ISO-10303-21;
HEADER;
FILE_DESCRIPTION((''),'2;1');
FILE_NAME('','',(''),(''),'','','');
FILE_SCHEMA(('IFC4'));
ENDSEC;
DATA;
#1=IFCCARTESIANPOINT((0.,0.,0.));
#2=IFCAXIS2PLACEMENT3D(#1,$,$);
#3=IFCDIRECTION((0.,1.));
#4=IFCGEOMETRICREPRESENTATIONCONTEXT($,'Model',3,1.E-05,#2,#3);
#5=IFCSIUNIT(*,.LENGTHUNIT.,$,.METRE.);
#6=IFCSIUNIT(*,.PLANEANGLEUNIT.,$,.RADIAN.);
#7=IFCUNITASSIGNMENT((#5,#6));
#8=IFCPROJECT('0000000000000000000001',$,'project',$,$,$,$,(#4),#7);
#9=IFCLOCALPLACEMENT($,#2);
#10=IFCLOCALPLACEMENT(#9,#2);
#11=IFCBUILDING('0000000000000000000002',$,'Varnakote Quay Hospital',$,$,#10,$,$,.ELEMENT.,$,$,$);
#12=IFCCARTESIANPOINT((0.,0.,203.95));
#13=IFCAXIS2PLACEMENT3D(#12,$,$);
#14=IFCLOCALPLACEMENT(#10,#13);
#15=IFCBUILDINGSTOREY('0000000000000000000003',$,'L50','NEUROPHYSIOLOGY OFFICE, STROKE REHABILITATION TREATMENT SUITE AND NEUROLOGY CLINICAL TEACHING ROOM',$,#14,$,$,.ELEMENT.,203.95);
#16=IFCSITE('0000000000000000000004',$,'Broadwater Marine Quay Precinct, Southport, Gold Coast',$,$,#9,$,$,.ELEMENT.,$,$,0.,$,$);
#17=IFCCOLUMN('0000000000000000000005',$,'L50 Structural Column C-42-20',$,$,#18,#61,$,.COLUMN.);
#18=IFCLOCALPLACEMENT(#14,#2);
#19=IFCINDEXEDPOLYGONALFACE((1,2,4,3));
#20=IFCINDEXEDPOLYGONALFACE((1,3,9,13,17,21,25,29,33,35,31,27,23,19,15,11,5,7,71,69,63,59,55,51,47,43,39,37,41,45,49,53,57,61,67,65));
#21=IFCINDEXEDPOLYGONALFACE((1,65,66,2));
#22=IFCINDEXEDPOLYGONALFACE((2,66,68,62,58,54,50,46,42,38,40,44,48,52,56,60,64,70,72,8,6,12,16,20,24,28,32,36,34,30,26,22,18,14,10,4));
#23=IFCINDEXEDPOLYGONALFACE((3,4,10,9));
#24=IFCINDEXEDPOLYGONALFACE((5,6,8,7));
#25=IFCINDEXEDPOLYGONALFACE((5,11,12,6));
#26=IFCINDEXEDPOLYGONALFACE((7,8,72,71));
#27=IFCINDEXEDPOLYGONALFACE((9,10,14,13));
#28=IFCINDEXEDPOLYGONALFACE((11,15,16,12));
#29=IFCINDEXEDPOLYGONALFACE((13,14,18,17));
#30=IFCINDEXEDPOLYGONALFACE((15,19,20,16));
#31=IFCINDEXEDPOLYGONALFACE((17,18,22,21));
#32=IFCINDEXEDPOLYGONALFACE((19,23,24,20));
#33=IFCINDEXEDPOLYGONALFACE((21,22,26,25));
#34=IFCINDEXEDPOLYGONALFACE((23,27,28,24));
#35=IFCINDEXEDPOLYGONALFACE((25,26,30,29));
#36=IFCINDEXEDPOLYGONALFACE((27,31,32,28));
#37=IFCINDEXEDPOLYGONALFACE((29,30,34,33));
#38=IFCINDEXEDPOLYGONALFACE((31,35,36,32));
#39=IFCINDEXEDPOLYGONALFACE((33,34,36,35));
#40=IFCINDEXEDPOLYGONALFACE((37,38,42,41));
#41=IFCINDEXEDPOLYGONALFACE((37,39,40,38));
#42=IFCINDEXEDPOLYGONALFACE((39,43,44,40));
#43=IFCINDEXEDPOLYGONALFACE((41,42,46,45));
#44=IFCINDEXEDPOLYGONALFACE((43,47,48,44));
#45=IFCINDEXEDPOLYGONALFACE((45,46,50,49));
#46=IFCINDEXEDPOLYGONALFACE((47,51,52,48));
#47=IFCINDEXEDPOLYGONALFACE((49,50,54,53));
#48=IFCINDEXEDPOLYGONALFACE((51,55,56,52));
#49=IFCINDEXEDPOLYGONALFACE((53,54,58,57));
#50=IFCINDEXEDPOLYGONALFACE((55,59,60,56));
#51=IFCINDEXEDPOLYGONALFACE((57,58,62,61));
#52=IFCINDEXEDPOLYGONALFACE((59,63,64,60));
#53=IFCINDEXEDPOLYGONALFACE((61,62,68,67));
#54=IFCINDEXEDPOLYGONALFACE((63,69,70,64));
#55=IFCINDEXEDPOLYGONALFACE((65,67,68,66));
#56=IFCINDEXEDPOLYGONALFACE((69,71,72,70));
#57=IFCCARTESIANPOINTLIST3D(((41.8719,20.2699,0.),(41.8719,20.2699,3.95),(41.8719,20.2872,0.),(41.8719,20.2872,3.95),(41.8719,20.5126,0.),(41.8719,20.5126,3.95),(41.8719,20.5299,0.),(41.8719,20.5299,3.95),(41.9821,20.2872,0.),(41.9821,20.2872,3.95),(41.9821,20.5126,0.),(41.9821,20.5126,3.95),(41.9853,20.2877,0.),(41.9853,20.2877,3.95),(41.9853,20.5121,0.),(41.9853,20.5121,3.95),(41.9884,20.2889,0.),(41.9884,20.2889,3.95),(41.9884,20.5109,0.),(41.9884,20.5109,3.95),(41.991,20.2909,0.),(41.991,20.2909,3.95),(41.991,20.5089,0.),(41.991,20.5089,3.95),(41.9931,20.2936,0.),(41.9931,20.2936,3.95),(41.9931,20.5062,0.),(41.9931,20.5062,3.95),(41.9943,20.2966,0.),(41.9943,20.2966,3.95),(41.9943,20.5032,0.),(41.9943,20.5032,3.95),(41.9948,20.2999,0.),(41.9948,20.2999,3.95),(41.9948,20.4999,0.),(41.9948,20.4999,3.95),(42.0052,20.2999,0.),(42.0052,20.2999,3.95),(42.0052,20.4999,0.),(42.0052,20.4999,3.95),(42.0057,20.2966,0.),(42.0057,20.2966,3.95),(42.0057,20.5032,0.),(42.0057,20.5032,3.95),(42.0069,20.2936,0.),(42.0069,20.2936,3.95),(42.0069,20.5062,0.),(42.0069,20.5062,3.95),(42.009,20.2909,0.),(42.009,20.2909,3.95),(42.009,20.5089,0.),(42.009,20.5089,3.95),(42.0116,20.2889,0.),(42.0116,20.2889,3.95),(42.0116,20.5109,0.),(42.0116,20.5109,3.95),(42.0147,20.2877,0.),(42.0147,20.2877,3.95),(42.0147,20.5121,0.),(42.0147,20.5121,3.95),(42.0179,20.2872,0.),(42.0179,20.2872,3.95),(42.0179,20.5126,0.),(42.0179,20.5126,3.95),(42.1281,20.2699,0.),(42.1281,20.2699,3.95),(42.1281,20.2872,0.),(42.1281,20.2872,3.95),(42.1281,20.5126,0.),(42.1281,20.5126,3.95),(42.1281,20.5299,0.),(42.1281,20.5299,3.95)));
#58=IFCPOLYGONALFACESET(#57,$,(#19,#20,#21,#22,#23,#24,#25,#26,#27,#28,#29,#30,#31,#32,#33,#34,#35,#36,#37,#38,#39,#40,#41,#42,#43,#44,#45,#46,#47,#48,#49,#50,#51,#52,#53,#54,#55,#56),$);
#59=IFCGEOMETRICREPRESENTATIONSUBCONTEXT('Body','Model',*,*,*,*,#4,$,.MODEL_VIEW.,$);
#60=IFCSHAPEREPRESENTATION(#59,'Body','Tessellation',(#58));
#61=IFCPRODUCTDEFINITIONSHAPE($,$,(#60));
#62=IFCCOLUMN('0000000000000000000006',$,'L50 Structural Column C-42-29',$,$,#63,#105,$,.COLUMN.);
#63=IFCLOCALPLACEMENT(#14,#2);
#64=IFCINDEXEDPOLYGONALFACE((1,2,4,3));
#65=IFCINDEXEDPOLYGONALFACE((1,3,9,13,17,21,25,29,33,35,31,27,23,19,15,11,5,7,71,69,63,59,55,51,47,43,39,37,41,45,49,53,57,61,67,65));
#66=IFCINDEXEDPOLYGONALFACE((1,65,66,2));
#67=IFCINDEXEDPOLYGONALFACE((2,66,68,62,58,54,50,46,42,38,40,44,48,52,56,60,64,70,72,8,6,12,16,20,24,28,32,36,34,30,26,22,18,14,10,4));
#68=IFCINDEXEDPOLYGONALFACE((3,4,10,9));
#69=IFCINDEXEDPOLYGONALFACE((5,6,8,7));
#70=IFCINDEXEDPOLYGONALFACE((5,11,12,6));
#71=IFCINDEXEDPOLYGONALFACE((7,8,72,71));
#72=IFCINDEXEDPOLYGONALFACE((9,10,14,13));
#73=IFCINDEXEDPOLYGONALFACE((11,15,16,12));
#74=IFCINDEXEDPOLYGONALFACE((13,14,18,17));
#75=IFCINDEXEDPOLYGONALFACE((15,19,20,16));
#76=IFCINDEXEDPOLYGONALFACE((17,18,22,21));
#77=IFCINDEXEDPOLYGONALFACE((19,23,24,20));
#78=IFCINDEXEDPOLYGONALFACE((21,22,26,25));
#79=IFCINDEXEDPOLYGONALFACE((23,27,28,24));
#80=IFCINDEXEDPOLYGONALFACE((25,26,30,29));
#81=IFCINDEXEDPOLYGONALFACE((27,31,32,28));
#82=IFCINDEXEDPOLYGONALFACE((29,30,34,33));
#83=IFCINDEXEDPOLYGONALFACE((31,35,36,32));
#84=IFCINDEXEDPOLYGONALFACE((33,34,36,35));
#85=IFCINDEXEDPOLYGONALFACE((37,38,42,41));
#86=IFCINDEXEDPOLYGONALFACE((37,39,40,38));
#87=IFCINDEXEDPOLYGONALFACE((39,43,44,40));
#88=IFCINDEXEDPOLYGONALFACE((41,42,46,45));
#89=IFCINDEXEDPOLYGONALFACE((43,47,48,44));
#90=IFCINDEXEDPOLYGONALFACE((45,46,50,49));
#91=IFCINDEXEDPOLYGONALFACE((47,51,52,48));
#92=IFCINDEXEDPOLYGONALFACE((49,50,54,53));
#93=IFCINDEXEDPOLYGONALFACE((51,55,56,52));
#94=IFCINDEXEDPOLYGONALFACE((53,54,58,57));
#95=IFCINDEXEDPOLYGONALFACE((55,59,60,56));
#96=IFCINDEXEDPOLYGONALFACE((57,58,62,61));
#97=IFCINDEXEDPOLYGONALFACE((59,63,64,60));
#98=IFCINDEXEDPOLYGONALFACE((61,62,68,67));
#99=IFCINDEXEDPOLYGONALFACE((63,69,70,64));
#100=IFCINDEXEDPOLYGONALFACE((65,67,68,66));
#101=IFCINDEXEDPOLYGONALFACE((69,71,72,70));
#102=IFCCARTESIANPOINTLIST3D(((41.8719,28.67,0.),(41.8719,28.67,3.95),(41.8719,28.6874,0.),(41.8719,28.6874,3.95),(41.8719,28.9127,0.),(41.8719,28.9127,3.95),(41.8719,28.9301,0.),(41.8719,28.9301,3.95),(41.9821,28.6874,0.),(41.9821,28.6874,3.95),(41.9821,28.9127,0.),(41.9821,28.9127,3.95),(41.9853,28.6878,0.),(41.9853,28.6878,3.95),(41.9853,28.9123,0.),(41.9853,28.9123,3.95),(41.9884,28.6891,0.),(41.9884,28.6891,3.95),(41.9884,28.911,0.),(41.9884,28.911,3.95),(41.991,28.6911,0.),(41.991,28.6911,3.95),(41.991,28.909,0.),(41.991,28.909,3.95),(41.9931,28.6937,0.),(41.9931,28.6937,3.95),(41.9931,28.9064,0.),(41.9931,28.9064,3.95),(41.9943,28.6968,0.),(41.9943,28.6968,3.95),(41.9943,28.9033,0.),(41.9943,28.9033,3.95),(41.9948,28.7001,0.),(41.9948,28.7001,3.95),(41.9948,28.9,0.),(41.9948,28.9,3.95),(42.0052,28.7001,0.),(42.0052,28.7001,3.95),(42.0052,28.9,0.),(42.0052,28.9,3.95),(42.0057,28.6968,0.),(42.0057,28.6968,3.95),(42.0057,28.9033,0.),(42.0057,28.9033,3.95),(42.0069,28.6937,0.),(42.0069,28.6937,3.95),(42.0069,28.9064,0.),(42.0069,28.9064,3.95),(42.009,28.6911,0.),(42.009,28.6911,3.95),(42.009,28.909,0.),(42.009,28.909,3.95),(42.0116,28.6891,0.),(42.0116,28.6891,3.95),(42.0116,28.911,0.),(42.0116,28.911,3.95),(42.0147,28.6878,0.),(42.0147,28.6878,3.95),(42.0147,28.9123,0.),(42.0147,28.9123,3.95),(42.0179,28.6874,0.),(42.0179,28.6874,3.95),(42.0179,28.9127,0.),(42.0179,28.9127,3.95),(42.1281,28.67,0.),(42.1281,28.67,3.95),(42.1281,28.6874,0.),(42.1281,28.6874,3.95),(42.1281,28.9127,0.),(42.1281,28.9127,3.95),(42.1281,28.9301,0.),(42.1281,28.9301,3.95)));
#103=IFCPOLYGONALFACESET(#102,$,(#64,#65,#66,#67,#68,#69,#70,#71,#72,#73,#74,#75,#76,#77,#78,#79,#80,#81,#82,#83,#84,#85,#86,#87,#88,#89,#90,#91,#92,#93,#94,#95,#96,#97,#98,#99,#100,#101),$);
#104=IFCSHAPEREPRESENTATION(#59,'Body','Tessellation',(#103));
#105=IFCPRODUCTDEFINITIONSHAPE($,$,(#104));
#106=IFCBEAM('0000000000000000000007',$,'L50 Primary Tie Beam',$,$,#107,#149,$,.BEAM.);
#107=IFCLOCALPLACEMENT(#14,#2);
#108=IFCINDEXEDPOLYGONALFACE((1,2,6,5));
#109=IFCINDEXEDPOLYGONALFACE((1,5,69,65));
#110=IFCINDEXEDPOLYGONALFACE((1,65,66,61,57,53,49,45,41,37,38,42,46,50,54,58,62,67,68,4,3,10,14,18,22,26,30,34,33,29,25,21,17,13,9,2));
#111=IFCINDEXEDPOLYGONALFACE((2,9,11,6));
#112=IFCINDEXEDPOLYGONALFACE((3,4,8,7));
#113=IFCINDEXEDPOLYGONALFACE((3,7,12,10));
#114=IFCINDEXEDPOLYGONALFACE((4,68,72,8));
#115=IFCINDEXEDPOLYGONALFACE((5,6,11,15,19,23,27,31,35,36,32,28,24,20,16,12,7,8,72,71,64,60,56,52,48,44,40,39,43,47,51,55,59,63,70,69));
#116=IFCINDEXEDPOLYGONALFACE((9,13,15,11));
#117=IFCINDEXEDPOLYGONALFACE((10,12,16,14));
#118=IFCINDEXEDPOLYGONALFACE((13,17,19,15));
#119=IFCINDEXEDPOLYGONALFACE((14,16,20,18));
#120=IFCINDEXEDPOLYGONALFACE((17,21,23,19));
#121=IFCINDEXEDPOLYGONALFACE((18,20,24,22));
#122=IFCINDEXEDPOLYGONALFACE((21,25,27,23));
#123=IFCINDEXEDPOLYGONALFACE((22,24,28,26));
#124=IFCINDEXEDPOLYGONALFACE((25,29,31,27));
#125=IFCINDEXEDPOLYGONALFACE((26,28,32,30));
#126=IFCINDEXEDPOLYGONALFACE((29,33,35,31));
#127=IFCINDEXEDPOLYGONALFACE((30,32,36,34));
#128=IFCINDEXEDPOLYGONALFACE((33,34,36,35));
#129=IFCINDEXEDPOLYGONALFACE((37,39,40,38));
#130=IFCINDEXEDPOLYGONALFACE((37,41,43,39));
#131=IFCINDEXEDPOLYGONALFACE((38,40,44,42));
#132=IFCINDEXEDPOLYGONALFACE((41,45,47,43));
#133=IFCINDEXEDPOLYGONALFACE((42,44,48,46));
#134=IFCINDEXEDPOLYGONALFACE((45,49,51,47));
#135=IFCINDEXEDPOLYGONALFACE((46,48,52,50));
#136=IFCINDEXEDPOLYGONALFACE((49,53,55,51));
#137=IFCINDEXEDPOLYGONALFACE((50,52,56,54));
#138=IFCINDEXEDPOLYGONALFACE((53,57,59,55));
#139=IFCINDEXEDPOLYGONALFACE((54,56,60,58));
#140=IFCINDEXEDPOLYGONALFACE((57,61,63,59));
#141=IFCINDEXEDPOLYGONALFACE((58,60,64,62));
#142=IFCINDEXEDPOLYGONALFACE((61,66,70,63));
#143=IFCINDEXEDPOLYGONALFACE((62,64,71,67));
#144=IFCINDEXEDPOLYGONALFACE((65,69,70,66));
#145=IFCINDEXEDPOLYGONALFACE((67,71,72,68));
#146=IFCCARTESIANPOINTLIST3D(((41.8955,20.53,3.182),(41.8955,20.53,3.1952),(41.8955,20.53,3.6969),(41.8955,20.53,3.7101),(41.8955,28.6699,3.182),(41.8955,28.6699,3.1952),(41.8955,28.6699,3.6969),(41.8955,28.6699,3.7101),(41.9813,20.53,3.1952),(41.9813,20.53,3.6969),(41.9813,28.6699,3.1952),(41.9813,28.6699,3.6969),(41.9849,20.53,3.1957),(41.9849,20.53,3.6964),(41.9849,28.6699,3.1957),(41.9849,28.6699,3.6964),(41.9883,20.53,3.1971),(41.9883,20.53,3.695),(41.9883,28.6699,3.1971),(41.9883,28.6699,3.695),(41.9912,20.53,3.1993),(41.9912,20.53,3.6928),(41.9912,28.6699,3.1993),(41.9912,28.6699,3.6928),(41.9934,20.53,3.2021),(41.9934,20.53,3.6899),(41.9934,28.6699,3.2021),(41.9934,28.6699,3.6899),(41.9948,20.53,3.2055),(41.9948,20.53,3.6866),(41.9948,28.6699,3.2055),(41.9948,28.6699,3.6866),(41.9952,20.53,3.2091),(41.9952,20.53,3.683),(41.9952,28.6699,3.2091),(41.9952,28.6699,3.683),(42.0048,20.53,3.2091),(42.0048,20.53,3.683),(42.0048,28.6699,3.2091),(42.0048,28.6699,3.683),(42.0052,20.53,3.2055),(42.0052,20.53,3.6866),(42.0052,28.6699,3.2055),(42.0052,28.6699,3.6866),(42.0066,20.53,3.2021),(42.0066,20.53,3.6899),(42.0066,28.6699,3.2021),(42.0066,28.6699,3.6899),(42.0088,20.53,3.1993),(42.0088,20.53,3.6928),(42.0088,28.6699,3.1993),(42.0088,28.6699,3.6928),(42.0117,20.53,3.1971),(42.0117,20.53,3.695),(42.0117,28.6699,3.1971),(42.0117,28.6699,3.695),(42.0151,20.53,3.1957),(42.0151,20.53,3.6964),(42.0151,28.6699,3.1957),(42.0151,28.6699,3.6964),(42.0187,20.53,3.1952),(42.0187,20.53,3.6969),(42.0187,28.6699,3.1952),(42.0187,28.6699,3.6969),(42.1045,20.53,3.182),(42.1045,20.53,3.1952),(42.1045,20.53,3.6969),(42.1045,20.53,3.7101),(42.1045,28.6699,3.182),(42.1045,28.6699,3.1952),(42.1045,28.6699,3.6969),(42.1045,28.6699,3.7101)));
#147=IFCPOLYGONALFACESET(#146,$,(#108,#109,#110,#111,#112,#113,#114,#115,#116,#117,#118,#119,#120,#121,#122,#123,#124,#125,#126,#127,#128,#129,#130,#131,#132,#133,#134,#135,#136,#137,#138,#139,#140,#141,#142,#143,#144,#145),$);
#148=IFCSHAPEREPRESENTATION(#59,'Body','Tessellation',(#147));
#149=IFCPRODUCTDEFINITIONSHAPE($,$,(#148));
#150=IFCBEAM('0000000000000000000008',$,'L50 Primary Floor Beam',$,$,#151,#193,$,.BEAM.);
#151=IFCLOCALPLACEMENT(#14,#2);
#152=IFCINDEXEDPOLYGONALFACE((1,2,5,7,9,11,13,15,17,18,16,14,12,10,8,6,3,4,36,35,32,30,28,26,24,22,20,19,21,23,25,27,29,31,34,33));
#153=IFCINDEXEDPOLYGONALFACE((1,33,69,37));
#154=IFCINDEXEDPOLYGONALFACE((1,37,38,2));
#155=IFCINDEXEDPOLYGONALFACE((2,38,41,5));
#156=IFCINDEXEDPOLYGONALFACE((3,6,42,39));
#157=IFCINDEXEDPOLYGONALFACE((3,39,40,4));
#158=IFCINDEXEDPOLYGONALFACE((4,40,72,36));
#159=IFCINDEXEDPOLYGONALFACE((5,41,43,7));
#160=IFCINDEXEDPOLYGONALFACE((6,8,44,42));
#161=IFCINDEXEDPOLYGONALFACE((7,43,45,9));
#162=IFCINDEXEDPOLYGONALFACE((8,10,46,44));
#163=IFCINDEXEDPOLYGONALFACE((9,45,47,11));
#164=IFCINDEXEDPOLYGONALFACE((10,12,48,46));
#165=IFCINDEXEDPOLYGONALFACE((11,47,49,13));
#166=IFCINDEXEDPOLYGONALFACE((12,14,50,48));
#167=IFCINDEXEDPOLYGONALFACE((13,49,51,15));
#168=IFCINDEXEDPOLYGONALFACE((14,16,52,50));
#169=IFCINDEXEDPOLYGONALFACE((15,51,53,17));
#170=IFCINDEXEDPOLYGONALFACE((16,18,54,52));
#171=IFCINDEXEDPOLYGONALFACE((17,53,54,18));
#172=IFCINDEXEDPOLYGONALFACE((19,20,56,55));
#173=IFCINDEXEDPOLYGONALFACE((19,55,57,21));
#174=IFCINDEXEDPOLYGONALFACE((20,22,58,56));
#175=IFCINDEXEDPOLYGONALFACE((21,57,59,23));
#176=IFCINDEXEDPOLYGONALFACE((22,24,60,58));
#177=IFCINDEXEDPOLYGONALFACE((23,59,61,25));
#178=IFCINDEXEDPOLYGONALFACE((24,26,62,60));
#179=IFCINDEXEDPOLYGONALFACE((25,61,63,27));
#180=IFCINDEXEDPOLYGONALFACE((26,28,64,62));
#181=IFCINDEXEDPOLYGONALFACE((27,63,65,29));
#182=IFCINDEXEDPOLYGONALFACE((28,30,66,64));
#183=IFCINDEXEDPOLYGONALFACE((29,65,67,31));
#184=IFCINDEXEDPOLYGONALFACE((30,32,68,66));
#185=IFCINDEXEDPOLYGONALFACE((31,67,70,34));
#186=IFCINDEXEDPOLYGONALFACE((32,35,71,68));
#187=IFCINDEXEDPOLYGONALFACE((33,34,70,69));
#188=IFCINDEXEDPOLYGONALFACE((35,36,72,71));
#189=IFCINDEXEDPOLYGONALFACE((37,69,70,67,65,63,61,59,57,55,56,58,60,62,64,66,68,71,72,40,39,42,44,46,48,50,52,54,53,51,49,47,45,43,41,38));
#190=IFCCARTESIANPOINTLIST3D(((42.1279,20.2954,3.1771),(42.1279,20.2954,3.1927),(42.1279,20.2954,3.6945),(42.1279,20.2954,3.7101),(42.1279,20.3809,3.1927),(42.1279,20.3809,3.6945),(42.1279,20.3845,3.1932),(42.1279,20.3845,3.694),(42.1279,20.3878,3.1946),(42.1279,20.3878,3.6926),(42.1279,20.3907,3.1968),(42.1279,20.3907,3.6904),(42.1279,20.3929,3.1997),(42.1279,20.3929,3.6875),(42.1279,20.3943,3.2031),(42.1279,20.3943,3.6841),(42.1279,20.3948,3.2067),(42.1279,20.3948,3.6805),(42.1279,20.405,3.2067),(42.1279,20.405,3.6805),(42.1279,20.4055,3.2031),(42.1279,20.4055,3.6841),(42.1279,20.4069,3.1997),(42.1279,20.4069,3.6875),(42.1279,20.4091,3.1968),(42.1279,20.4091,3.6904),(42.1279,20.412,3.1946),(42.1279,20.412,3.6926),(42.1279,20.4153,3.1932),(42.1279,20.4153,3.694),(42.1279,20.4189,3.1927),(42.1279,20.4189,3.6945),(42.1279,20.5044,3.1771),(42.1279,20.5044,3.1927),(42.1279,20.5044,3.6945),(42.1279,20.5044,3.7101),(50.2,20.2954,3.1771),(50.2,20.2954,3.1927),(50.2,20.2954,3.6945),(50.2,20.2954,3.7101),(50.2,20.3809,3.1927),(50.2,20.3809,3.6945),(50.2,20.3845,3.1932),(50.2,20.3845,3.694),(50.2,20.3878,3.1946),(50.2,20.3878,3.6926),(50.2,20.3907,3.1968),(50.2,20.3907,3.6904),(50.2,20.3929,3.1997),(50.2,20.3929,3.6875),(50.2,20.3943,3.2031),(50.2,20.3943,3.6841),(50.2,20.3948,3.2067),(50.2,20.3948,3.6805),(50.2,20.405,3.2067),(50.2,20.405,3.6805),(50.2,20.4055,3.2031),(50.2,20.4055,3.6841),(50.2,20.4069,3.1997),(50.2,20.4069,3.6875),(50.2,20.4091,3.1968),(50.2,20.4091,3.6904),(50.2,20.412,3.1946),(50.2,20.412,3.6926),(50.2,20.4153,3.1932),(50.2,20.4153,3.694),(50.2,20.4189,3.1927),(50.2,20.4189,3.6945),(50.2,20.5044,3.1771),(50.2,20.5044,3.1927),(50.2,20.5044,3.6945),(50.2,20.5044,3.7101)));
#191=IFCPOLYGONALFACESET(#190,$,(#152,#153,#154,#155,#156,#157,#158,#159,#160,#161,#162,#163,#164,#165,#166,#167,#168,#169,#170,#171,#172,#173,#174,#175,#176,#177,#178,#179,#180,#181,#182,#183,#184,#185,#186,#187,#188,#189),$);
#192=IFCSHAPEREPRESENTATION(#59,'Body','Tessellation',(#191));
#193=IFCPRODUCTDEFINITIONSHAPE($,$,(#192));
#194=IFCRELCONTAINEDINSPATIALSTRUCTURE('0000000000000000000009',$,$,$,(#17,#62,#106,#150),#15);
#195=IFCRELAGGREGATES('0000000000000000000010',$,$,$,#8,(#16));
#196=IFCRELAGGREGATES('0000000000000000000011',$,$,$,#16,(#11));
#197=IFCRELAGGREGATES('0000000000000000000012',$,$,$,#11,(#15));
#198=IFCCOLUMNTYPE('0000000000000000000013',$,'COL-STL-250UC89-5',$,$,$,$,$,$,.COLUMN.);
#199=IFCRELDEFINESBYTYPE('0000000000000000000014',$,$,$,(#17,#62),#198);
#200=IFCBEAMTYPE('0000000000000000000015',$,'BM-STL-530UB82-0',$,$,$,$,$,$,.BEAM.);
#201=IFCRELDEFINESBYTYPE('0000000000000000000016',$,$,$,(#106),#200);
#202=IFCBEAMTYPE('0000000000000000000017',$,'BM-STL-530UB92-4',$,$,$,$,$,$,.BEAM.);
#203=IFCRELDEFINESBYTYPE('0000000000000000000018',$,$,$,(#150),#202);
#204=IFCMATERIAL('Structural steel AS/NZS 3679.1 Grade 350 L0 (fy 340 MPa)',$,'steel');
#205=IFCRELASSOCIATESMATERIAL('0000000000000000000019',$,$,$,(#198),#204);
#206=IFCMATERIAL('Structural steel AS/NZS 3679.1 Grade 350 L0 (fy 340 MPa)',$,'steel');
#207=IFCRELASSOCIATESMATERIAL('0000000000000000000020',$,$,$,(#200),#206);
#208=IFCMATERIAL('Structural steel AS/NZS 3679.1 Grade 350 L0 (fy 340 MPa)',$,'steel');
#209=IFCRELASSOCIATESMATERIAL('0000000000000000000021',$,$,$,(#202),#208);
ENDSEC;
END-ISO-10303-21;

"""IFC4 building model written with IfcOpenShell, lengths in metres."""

from ifc_helpers import new_model, si_unit, direction, frame, origin, origin_2d, place, context, subcontext, project, spatial, i_section, extrude, material, material_profile, profile_set, type_object, element, save


model = new_model("IFC4")

# Units and contexts
model_context = context("Model", 3, precision=1e-05, world=origin(), true_north=direction((0.0, 1.0)))
body_context = subcontext(model_context, "Body", "Model", "MODEL_VIEW")
ifc_project = project(units=[si_unit("LENGTHUNIT", "METRE"), si_unit("PLANEANGLEUNIT", "RADIAN")], contexts=[model_context])

# Site, building, storey
site_placement = place(None, origin())
site = spatial("IfcSite", under=ifc_project, at=site_placement, Name="Broadwater Marine Quay Precinct, Southport, Gold Coast", CompositionType="ELEMENT", RefElevation=0.0)
building_placement = place(site_placement, origin())
building = spatial("IfcBuilding", under=site, at=building_placement, Name="Varnakote Quay Hospital", CompositionType="ELEMENT")
storey_placement = place(building_placement, frame((0.0, 0.0, 203.95)))
storey = spatial("IfcBuildingStorey", under=building, at=storey_placement, Name="L50", Description="NEUROPHYSIOLOGY OFFICE, STROKE REHABILITATION TREATMENT SUITE AND NEUROLOGY CLINICAL TEACHING ROOM", CompositionType="ELEMENT", Elevation=203.95)

# Columns
ifc_material_1 = material(Name="Structural steel AS/NZS 3679.1 Grade 350 L0 (fy 340 MPa)", Category="steel")
ifc_material_profile_1 = material_profile(ifc_material_1, i_section(OverallWidth=0.2561, OverallDepth=0.26, WebThickness=0.0105, FlangeThickness=0.0173, FilletRadius=0.0127, at=origin_2d()), Name="250UC89.5")
ifc_profile_set_1 = profile_set([ifc_material_profile_1], Name="Structural steel AS/NZS 3679.1 Grade 350 L0 (fy 340 MPa)")
column_type = type_object("IfcColumnType", Name="COL-STL-250UC89-5", PredefinedType="COLUMN", material=ifc_profile_set_1)
for number, where, z_axis, x_axis, name in (
    (1, (42.0, 20.3999, 0.0), (0.0, 0.0, 1.0), (1.0, 0.0, 0.0), "L50 Structural Column C-42-20"),
    (2, (42.0, 28.8, 0.0), (0.0, 0.0, 1.0), (1.0, 0.0, 0.0), "L50 Structural Column C-42-29"),
):
    element("IfcColumn", number, at=place(storey_placement, frame(where, z_axis=z_axis, x_axis=x_axis)), inside=storey, type_object=column_type, Name=name, PredefinedType="COLUMN", context=body_context, shape_type="SweptSolid", body=[
        extrude(i_section(OverallWidth=0.2561, OverallDepth=0.26, WebThickness=0.0105, FlangeThickness=0.0173, FilletRadius=0.0127, at=origin_2d()), origin(), (0.0, 0.0, 1.0), 3.95),
    ])

# Beams
ifc_material_2 = material(Name="Structural steel AS/NZS 3679.1 Grade 350 L0 (fy 340 MPa)", Category="steel")
ifc_material_profile_2 = material_profile(ifc_material_2, i_section(OverallWidth=0.209, OverallDepth=0.5281, WebThickness=0.0095, FlangeThickness=0.0132, FilletRadius=0.0139, at=origin_2d()), Name="530UB82.0")
ifc_profile_set_2 = profile_set([ifc_material_profile_2], Name="Structural steel AS/NZS 3679.1 Grade 350 L0 (fy 340 MPa)")
beam_type_1 = type_object("IfcBeamType", Name="BM-STL-530UB82-0", PredefinedType="BEAM", material=ifc_profile_set_2)
beam_1_placement = place(storey_placement, frame((42.0, 20.53, 3.446), z_axis=(0.0, 1.0, 0.0), x_axis=(-1.0, 0.0, 0.0)))
element("IfcBeam", 3, at=beam_1_placement, inside=storey, type_object=beam_type_1, Name="L50 Primary Tie Beam", PredefinedType="BEAM", context=body_context, shape_type="SweptSolid", body=[
    extrude(i_section(OverallWidth=0.209, OverallDepth=0.5281, WebThickness=0.0095, FlangeThickness=0.0132, FilletRadius=0.0139, at=origin_2d()), origin(), (0.0, 0.0, 1.0), 8.1399),
])
ifc_material_3 = material(Name="Structural steel AS/NZS 3679.1 Grade 350 L0 (fy 340 MPa)", Category="steel")
ifc_material_profile_3 = material_profile(ifc_material_3, i_section(OverallWidth=0.209, OverallDepth=0.533, WebThickness=0.0103, FlangeThickness=0.0156, FilletRadius=0.0139, at=origin_2d()), Name="530UB92.4")
ifc_profile_set_3 = profile_set([ifc_material_profile_3], Name="Structural steel AS/NZS 3679.1 Grade 350 L0 (fy 340 MPa)")
beam_type_2 = type_object("IfcBeamType", Name="BM-STL-530UB92-4", PredefinedType="BEAM", material=ifc_profile_set_3)
beam_2_placement = place(storey_placement, frame((42.1279, 20.3999, 3.4436), z_axis=(1.0, 0.0, 0.0), x_axis=(0.0, 1.0, 0.0)))
element("IfcBeam", 4, at=beam_2_placement, inside=storey, type_object=beam_type_2, Name="L50 Primary Floor Beam", PredefinedType="BEAM", context=body_context, shape_type="SweptSolid", body=[
    extrude(i_section(OverallWidth=0.209, OverallDepth=0.533, WebThickness=0.0103, FlangeThickness=0.0156, FilletRadius=0.0139, at=origin_2d()), origin(), (0.0, 0.0, 1.0), 8.072),
])

save(model, "model.ifc")
